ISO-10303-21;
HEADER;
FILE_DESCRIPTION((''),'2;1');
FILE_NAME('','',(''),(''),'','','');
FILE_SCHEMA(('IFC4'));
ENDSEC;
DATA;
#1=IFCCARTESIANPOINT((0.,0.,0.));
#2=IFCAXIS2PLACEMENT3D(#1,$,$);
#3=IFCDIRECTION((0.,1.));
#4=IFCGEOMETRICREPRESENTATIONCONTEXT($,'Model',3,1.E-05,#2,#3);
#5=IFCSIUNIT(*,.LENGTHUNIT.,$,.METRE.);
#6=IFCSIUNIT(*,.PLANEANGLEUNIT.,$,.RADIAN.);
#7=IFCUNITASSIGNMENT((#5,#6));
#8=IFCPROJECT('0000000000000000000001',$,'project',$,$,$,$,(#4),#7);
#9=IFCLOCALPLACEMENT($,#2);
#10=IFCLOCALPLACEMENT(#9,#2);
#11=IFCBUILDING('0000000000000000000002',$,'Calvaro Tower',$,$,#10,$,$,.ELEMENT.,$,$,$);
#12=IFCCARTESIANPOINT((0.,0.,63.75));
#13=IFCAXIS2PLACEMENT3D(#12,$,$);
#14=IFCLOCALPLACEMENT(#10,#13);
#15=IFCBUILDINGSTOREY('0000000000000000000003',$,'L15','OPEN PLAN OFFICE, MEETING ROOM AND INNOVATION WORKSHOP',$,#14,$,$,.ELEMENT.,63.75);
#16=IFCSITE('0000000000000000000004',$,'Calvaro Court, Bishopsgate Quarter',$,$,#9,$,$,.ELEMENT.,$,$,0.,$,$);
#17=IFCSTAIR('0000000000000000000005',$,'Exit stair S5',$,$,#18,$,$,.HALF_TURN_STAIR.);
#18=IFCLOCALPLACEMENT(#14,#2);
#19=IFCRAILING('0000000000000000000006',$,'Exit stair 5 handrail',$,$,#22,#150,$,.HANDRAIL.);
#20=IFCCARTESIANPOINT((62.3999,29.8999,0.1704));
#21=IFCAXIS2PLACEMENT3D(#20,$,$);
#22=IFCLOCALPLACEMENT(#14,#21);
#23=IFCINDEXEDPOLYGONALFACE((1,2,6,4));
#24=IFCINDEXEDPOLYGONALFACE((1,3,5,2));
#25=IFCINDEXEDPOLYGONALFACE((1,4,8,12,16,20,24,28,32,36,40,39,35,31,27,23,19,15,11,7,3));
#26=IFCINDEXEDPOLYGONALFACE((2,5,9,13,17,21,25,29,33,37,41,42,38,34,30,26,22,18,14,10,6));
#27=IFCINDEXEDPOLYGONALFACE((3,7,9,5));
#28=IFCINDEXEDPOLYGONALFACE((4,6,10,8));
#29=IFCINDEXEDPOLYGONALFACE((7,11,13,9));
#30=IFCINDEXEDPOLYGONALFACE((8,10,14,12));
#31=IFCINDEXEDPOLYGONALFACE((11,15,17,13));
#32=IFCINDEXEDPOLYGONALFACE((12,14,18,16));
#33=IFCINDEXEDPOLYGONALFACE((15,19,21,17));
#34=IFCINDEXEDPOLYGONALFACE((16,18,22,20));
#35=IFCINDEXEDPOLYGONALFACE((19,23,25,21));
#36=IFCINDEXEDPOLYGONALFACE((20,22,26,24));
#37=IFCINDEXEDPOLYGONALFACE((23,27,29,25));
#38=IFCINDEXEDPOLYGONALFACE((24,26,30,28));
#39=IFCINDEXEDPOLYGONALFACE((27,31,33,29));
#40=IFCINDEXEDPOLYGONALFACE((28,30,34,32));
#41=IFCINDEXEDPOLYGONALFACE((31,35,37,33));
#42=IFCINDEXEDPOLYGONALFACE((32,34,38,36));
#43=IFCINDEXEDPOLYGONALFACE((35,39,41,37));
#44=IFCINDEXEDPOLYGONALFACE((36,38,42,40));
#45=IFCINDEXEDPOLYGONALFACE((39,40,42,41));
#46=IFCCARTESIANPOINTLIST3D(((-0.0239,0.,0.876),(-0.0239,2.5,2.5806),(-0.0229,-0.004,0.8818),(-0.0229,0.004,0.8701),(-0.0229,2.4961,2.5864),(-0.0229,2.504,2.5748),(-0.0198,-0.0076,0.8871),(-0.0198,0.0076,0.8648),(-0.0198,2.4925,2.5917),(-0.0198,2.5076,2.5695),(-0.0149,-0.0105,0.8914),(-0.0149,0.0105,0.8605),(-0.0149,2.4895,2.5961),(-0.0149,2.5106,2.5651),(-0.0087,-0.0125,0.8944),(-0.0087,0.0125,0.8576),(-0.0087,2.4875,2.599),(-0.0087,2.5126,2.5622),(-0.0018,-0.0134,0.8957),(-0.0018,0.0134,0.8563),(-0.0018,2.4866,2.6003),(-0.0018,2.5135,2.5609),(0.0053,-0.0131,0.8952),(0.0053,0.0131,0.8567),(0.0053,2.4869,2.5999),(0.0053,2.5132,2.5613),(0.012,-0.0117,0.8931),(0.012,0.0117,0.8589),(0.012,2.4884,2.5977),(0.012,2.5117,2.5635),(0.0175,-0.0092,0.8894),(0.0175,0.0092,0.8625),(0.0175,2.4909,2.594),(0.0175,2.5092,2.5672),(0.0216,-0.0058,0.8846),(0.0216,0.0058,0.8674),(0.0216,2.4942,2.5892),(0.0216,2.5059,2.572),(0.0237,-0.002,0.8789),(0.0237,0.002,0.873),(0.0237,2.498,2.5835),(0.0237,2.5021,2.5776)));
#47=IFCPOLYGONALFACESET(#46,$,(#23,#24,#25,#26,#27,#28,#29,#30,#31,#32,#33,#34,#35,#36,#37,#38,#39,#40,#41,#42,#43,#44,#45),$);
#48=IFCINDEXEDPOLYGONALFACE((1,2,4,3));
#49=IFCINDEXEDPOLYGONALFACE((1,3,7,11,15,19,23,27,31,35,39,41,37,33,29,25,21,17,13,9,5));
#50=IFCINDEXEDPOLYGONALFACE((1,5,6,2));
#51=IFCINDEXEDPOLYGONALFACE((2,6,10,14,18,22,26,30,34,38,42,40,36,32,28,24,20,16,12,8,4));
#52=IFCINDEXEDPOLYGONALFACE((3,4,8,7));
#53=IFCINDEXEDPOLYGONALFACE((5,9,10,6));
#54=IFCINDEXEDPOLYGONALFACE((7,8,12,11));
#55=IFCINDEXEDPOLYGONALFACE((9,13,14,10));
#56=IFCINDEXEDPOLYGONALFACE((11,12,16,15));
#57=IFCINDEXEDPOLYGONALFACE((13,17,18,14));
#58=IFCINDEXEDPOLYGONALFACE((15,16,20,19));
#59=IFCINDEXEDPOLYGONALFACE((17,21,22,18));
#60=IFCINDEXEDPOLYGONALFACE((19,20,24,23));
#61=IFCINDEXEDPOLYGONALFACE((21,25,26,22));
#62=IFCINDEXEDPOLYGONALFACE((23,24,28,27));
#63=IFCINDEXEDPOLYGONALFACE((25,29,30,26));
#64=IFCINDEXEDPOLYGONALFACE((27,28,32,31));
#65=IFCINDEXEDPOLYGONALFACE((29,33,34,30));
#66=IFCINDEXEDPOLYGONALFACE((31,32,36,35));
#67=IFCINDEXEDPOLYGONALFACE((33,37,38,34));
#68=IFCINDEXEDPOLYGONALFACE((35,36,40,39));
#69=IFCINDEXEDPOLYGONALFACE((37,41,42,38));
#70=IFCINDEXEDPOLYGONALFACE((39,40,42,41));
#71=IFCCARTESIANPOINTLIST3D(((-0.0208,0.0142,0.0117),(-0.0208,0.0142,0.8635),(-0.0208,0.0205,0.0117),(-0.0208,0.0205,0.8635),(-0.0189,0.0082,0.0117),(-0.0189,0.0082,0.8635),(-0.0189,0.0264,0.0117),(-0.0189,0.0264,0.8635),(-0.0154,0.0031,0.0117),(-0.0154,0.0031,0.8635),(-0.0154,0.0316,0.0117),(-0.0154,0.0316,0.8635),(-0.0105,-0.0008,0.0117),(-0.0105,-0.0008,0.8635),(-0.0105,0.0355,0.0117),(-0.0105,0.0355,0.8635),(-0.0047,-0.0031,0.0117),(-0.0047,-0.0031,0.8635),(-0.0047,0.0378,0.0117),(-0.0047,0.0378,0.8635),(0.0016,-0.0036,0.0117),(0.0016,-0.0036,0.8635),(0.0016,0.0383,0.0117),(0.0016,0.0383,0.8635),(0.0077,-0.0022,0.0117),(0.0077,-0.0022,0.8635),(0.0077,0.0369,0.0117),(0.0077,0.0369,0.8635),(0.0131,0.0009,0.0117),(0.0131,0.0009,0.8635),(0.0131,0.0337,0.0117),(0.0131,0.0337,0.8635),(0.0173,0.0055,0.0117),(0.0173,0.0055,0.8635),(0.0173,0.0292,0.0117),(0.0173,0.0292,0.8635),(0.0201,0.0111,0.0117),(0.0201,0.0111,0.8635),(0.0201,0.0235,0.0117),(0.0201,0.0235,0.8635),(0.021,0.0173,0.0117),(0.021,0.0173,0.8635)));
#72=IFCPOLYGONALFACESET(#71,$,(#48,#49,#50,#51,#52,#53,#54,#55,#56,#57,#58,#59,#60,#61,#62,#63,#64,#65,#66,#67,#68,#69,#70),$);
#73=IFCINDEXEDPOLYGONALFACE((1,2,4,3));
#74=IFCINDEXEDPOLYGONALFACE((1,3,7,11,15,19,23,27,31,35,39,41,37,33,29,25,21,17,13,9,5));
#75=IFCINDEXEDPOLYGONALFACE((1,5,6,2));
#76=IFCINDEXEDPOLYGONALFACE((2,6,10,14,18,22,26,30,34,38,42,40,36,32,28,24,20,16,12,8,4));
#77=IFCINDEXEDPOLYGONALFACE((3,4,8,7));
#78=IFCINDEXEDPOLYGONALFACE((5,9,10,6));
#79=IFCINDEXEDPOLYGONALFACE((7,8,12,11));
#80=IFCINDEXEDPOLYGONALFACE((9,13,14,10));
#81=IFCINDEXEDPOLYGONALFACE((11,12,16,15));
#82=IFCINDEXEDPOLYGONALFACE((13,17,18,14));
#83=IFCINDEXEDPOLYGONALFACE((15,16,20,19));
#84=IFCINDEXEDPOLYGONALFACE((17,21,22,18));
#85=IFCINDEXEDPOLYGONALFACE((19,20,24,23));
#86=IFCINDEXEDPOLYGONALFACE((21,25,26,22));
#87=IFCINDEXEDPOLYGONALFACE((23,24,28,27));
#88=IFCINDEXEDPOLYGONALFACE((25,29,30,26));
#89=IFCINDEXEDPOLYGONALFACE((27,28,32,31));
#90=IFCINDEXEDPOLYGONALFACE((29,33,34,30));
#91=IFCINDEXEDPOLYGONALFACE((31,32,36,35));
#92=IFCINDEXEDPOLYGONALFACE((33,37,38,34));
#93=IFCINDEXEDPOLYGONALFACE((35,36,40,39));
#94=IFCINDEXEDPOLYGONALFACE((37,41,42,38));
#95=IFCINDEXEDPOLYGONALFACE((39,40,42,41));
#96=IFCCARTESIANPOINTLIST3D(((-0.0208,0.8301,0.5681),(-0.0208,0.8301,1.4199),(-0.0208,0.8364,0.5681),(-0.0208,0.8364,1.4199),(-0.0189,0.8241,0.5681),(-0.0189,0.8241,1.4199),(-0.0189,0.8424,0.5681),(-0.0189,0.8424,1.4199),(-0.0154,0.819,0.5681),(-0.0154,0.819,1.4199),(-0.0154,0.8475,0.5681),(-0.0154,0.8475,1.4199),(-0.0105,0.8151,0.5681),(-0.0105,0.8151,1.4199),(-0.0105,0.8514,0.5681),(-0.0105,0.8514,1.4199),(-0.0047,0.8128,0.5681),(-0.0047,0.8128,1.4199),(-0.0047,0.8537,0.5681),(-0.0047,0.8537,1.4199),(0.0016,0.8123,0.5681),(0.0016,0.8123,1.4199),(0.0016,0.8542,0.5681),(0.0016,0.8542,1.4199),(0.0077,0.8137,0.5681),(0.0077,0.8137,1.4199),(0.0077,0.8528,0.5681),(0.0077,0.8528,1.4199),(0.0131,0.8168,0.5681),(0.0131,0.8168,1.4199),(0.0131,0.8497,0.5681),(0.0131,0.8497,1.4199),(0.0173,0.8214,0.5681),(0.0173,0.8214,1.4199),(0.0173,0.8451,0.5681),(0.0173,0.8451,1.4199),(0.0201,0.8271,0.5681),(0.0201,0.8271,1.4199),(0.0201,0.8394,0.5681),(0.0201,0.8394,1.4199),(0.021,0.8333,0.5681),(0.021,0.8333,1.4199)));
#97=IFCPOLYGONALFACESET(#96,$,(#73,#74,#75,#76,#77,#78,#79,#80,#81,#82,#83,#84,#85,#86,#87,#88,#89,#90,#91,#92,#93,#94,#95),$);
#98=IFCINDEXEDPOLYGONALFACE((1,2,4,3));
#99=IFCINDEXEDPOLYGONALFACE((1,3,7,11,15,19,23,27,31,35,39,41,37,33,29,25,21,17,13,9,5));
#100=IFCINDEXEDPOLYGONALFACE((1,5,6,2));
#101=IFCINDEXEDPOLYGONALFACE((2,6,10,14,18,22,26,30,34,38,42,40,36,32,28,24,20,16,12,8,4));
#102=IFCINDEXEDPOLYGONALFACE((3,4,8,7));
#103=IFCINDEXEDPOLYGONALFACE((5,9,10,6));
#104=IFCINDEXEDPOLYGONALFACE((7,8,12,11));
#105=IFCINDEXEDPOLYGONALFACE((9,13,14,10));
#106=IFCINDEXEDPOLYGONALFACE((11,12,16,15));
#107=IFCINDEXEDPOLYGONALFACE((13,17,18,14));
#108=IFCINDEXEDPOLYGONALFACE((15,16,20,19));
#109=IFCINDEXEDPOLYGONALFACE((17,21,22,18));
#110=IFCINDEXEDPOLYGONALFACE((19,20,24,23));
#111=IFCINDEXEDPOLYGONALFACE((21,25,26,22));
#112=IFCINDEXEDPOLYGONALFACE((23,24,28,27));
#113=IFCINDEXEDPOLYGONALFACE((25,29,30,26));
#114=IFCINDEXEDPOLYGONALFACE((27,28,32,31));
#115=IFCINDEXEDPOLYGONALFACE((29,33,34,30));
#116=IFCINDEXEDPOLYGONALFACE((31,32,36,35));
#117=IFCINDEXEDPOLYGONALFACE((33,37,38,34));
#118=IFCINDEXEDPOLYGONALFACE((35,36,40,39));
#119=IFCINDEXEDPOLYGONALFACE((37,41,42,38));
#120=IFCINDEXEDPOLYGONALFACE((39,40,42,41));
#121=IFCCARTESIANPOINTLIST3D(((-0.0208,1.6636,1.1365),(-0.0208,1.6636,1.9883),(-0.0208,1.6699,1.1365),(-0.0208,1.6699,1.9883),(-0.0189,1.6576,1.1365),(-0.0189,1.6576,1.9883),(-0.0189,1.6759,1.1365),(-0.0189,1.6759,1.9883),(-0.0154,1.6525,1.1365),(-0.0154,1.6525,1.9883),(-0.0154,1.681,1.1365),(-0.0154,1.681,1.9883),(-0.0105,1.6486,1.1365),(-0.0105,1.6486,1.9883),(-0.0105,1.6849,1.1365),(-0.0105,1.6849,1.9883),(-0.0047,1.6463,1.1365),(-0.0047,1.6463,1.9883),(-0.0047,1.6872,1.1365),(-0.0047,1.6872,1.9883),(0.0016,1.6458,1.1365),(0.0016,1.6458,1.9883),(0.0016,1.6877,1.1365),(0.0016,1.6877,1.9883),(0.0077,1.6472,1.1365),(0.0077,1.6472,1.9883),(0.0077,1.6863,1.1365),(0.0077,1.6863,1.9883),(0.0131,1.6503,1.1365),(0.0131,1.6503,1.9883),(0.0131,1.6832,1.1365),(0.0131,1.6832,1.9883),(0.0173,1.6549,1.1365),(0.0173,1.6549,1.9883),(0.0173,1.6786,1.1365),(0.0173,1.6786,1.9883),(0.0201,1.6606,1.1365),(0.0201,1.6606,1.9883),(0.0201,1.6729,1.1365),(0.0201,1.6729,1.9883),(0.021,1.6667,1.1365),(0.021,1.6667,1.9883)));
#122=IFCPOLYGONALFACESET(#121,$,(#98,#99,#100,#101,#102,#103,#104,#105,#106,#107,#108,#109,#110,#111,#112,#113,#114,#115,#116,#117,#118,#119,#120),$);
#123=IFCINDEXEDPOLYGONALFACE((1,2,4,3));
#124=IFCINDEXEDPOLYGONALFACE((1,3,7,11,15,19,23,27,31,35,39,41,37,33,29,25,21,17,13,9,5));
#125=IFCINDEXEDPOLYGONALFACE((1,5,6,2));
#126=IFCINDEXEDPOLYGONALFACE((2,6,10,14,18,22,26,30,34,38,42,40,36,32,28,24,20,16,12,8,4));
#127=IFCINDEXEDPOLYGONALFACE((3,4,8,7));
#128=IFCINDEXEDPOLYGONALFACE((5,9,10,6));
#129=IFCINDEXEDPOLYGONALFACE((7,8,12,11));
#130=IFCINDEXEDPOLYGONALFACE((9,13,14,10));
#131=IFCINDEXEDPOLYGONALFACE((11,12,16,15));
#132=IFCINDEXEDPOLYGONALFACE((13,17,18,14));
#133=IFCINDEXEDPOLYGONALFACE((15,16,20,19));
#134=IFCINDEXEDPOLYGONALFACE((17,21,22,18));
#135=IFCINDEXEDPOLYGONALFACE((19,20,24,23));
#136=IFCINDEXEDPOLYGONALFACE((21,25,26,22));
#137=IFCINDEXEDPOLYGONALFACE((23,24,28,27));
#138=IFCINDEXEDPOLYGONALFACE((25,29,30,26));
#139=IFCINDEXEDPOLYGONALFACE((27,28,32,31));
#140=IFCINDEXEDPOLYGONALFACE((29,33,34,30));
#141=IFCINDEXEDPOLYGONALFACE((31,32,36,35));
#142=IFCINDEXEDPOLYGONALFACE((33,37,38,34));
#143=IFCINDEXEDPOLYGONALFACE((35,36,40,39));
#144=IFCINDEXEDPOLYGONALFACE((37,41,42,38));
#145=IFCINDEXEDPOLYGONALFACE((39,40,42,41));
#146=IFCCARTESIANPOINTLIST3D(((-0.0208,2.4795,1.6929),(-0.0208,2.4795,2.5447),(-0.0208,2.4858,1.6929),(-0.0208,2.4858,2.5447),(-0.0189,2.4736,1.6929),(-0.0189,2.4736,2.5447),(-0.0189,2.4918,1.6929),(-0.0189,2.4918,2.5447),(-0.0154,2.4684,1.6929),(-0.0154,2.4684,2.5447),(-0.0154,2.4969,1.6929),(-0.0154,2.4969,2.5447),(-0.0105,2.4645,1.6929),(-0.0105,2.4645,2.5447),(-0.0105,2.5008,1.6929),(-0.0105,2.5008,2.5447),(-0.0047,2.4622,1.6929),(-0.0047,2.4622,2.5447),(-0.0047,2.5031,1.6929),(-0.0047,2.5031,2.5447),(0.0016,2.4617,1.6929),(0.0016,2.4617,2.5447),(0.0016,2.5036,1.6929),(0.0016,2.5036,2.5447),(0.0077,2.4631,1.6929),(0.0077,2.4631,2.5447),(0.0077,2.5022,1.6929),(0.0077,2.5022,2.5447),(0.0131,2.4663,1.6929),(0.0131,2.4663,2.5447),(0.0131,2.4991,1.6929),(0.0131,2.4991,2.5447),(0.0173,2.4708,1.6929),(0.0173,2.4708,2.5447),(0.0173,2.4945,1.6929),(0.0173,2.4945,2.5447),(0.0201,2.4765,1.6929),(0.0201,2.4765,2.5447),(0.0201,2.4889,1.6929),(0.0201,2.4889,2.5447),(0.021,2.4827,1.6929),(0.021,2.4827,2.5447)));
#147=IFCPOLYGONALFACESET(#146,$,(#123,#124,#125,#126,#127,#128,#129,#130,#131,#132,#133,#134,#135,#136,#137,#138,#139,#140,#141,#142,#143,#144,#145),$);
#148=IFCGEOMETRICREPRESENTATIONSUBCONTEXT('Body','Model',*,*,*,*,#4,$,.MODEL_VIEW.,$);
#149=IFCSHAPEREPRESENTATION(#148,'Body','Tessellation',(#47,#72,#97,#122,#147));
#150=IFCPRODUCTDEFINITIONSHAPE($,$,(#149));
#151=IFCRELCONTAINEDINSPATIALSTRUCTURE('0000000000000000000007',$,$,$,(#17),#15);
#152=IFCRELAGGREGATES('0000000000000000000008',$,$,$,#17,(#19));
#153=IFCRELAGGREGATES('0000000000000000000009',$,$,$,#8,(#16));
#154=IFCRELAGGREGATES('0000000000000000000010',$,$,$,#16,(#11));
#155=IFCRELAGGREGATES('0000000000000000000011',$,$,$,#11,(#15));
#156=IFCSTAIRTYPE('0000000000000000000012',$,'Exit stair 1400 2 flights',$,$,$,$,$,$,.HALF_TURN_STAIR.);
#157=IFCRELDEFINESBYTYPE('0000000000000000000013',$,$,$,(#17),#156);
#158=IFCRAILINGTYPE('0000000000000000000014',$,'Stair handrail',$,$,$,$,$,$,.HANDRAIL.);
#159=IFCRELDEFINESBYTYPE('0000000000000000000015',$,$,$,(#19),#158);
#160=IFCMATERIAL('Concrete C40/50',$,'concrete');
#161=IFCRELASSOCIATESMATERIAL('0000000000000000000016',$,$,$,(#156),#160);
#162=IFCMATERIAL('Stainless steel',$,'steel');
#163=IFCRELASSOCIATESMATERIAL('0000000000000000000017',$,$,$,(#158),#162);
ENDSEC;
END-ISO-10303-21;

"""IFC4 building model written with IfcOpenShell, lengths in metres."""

from ifc_helpers import new_model, si_unit, direction, frame, origin, origin_2d, place, context, subcontext, project, spatial, circle, extrude, material, type_object, element, aggregate, save


model = new_model("IFC4")

# Units and contexts
model_context = context("Model", 3, precision=1e-05, world=origin(), true_north=direction((0.0, 1.0)))
body_context = subcontext(model_context, "Body", "Model", "MODEL_VIEW")
ifc_project = project(units=[si_unit("LENGTHUNIT", "METRE"), si_unit("PLANEANGLEUNIT", "RADIAN")], contexts=[model_context])

# Site, building, storey
site_placement = place(None, origin())
site = spatial("IfcSite", under=ifc_project, at=site_placement, Name="Calvaro Court, Bishopsgate Quarter", CompositionType="ELEMENT", RefElevation=0.0)
building_placement = place(site_placement, origin())
building = spatial("IfcBuilding", under=site, at=building_placement, Name="Calvaro Tower", CompositionType="ELEMENT")
storey_placement = place(building_placement, frame((0.0, 0.0, 63.75)))
storey = spatial("IfcBuildingStorey", under=building, at=storey_placement, Name="L15", Description="OPEN PLAN OFFICE, MEETING ROOM AND INNOVATION WORKSHOP", CompositionType="ELEMENT", Elevation=63.75)

# Stair
ifc_material_1 = material(Name="Concrete C40/50", Category="concrete")
stair_type = type_object("IfcStairType", Name="Exit stair 1400 2 flights", PredefinedType="HALF_TURN_STAIR", material=ifc_material_1)
stair_1_placement = place(storey_placement, origin())
stair_1 = element("IfcStair", 1, at=stair_1_placement, inside=storey, type_object=stair_type, Name="Exit stair S5", PredefinedType="HALF_TURN_STAIR")

# Shared definitions
ifc_material_2 = material(Name="Stainless steel", Category="steel")
railing_type = type_object("IfcRailingType", Name="Stair handrail", PredefinedType="HANDRAIL", material=ifc_material_2)

# Railing
railing_1_placement = place(storey_placement, frame((62.3999, 29.8999, 0.1704)))
railing_1 = element("IfcRailing", 2, at=railing_1_placement, type_object=railing_type, Name="Exit stair 5 handrail", PredefinedType="HANDRAIL", context=body_context, shape_type="SweptSolid", body=[
    extrude(circle(Radius=0.0239, at=origin_2d()), frame((0.0, 0.0, 0.876), z_axis=(0.0, 0.826221, 0.563347), x_axis=(-1.0, 0.0, 0.0)), (0.0, 0.0, 1.0), 3.0259),
    extrude(circle(Radius=0.021, at=origin_2d()), frame((0.0, 0.0173, 0.0117)), (0.0, 0.0, 1.0), 0.8518),
    extrude(circle(Radius=0.021, at=origin_2d()), frame((0.0, 0.8333, 0.5681)), (0.0, 0.0, 1.0), 0.8518),
    extrude(circle(Radius=0.021, at=origin_2d()), frame((0.0, 1.6667, 1.1365)), (0.0, 0.0, 1.0), 0.8518),
    extrude(circle(Radius=0.021, at=origin_2d()), frame((0.0, 2.4827, 1.6929)), (0.0, 0.0, 1.0), 0.8518),
])
aggregate(stair_1, [railing_1])

save(model, "model.ifc")
